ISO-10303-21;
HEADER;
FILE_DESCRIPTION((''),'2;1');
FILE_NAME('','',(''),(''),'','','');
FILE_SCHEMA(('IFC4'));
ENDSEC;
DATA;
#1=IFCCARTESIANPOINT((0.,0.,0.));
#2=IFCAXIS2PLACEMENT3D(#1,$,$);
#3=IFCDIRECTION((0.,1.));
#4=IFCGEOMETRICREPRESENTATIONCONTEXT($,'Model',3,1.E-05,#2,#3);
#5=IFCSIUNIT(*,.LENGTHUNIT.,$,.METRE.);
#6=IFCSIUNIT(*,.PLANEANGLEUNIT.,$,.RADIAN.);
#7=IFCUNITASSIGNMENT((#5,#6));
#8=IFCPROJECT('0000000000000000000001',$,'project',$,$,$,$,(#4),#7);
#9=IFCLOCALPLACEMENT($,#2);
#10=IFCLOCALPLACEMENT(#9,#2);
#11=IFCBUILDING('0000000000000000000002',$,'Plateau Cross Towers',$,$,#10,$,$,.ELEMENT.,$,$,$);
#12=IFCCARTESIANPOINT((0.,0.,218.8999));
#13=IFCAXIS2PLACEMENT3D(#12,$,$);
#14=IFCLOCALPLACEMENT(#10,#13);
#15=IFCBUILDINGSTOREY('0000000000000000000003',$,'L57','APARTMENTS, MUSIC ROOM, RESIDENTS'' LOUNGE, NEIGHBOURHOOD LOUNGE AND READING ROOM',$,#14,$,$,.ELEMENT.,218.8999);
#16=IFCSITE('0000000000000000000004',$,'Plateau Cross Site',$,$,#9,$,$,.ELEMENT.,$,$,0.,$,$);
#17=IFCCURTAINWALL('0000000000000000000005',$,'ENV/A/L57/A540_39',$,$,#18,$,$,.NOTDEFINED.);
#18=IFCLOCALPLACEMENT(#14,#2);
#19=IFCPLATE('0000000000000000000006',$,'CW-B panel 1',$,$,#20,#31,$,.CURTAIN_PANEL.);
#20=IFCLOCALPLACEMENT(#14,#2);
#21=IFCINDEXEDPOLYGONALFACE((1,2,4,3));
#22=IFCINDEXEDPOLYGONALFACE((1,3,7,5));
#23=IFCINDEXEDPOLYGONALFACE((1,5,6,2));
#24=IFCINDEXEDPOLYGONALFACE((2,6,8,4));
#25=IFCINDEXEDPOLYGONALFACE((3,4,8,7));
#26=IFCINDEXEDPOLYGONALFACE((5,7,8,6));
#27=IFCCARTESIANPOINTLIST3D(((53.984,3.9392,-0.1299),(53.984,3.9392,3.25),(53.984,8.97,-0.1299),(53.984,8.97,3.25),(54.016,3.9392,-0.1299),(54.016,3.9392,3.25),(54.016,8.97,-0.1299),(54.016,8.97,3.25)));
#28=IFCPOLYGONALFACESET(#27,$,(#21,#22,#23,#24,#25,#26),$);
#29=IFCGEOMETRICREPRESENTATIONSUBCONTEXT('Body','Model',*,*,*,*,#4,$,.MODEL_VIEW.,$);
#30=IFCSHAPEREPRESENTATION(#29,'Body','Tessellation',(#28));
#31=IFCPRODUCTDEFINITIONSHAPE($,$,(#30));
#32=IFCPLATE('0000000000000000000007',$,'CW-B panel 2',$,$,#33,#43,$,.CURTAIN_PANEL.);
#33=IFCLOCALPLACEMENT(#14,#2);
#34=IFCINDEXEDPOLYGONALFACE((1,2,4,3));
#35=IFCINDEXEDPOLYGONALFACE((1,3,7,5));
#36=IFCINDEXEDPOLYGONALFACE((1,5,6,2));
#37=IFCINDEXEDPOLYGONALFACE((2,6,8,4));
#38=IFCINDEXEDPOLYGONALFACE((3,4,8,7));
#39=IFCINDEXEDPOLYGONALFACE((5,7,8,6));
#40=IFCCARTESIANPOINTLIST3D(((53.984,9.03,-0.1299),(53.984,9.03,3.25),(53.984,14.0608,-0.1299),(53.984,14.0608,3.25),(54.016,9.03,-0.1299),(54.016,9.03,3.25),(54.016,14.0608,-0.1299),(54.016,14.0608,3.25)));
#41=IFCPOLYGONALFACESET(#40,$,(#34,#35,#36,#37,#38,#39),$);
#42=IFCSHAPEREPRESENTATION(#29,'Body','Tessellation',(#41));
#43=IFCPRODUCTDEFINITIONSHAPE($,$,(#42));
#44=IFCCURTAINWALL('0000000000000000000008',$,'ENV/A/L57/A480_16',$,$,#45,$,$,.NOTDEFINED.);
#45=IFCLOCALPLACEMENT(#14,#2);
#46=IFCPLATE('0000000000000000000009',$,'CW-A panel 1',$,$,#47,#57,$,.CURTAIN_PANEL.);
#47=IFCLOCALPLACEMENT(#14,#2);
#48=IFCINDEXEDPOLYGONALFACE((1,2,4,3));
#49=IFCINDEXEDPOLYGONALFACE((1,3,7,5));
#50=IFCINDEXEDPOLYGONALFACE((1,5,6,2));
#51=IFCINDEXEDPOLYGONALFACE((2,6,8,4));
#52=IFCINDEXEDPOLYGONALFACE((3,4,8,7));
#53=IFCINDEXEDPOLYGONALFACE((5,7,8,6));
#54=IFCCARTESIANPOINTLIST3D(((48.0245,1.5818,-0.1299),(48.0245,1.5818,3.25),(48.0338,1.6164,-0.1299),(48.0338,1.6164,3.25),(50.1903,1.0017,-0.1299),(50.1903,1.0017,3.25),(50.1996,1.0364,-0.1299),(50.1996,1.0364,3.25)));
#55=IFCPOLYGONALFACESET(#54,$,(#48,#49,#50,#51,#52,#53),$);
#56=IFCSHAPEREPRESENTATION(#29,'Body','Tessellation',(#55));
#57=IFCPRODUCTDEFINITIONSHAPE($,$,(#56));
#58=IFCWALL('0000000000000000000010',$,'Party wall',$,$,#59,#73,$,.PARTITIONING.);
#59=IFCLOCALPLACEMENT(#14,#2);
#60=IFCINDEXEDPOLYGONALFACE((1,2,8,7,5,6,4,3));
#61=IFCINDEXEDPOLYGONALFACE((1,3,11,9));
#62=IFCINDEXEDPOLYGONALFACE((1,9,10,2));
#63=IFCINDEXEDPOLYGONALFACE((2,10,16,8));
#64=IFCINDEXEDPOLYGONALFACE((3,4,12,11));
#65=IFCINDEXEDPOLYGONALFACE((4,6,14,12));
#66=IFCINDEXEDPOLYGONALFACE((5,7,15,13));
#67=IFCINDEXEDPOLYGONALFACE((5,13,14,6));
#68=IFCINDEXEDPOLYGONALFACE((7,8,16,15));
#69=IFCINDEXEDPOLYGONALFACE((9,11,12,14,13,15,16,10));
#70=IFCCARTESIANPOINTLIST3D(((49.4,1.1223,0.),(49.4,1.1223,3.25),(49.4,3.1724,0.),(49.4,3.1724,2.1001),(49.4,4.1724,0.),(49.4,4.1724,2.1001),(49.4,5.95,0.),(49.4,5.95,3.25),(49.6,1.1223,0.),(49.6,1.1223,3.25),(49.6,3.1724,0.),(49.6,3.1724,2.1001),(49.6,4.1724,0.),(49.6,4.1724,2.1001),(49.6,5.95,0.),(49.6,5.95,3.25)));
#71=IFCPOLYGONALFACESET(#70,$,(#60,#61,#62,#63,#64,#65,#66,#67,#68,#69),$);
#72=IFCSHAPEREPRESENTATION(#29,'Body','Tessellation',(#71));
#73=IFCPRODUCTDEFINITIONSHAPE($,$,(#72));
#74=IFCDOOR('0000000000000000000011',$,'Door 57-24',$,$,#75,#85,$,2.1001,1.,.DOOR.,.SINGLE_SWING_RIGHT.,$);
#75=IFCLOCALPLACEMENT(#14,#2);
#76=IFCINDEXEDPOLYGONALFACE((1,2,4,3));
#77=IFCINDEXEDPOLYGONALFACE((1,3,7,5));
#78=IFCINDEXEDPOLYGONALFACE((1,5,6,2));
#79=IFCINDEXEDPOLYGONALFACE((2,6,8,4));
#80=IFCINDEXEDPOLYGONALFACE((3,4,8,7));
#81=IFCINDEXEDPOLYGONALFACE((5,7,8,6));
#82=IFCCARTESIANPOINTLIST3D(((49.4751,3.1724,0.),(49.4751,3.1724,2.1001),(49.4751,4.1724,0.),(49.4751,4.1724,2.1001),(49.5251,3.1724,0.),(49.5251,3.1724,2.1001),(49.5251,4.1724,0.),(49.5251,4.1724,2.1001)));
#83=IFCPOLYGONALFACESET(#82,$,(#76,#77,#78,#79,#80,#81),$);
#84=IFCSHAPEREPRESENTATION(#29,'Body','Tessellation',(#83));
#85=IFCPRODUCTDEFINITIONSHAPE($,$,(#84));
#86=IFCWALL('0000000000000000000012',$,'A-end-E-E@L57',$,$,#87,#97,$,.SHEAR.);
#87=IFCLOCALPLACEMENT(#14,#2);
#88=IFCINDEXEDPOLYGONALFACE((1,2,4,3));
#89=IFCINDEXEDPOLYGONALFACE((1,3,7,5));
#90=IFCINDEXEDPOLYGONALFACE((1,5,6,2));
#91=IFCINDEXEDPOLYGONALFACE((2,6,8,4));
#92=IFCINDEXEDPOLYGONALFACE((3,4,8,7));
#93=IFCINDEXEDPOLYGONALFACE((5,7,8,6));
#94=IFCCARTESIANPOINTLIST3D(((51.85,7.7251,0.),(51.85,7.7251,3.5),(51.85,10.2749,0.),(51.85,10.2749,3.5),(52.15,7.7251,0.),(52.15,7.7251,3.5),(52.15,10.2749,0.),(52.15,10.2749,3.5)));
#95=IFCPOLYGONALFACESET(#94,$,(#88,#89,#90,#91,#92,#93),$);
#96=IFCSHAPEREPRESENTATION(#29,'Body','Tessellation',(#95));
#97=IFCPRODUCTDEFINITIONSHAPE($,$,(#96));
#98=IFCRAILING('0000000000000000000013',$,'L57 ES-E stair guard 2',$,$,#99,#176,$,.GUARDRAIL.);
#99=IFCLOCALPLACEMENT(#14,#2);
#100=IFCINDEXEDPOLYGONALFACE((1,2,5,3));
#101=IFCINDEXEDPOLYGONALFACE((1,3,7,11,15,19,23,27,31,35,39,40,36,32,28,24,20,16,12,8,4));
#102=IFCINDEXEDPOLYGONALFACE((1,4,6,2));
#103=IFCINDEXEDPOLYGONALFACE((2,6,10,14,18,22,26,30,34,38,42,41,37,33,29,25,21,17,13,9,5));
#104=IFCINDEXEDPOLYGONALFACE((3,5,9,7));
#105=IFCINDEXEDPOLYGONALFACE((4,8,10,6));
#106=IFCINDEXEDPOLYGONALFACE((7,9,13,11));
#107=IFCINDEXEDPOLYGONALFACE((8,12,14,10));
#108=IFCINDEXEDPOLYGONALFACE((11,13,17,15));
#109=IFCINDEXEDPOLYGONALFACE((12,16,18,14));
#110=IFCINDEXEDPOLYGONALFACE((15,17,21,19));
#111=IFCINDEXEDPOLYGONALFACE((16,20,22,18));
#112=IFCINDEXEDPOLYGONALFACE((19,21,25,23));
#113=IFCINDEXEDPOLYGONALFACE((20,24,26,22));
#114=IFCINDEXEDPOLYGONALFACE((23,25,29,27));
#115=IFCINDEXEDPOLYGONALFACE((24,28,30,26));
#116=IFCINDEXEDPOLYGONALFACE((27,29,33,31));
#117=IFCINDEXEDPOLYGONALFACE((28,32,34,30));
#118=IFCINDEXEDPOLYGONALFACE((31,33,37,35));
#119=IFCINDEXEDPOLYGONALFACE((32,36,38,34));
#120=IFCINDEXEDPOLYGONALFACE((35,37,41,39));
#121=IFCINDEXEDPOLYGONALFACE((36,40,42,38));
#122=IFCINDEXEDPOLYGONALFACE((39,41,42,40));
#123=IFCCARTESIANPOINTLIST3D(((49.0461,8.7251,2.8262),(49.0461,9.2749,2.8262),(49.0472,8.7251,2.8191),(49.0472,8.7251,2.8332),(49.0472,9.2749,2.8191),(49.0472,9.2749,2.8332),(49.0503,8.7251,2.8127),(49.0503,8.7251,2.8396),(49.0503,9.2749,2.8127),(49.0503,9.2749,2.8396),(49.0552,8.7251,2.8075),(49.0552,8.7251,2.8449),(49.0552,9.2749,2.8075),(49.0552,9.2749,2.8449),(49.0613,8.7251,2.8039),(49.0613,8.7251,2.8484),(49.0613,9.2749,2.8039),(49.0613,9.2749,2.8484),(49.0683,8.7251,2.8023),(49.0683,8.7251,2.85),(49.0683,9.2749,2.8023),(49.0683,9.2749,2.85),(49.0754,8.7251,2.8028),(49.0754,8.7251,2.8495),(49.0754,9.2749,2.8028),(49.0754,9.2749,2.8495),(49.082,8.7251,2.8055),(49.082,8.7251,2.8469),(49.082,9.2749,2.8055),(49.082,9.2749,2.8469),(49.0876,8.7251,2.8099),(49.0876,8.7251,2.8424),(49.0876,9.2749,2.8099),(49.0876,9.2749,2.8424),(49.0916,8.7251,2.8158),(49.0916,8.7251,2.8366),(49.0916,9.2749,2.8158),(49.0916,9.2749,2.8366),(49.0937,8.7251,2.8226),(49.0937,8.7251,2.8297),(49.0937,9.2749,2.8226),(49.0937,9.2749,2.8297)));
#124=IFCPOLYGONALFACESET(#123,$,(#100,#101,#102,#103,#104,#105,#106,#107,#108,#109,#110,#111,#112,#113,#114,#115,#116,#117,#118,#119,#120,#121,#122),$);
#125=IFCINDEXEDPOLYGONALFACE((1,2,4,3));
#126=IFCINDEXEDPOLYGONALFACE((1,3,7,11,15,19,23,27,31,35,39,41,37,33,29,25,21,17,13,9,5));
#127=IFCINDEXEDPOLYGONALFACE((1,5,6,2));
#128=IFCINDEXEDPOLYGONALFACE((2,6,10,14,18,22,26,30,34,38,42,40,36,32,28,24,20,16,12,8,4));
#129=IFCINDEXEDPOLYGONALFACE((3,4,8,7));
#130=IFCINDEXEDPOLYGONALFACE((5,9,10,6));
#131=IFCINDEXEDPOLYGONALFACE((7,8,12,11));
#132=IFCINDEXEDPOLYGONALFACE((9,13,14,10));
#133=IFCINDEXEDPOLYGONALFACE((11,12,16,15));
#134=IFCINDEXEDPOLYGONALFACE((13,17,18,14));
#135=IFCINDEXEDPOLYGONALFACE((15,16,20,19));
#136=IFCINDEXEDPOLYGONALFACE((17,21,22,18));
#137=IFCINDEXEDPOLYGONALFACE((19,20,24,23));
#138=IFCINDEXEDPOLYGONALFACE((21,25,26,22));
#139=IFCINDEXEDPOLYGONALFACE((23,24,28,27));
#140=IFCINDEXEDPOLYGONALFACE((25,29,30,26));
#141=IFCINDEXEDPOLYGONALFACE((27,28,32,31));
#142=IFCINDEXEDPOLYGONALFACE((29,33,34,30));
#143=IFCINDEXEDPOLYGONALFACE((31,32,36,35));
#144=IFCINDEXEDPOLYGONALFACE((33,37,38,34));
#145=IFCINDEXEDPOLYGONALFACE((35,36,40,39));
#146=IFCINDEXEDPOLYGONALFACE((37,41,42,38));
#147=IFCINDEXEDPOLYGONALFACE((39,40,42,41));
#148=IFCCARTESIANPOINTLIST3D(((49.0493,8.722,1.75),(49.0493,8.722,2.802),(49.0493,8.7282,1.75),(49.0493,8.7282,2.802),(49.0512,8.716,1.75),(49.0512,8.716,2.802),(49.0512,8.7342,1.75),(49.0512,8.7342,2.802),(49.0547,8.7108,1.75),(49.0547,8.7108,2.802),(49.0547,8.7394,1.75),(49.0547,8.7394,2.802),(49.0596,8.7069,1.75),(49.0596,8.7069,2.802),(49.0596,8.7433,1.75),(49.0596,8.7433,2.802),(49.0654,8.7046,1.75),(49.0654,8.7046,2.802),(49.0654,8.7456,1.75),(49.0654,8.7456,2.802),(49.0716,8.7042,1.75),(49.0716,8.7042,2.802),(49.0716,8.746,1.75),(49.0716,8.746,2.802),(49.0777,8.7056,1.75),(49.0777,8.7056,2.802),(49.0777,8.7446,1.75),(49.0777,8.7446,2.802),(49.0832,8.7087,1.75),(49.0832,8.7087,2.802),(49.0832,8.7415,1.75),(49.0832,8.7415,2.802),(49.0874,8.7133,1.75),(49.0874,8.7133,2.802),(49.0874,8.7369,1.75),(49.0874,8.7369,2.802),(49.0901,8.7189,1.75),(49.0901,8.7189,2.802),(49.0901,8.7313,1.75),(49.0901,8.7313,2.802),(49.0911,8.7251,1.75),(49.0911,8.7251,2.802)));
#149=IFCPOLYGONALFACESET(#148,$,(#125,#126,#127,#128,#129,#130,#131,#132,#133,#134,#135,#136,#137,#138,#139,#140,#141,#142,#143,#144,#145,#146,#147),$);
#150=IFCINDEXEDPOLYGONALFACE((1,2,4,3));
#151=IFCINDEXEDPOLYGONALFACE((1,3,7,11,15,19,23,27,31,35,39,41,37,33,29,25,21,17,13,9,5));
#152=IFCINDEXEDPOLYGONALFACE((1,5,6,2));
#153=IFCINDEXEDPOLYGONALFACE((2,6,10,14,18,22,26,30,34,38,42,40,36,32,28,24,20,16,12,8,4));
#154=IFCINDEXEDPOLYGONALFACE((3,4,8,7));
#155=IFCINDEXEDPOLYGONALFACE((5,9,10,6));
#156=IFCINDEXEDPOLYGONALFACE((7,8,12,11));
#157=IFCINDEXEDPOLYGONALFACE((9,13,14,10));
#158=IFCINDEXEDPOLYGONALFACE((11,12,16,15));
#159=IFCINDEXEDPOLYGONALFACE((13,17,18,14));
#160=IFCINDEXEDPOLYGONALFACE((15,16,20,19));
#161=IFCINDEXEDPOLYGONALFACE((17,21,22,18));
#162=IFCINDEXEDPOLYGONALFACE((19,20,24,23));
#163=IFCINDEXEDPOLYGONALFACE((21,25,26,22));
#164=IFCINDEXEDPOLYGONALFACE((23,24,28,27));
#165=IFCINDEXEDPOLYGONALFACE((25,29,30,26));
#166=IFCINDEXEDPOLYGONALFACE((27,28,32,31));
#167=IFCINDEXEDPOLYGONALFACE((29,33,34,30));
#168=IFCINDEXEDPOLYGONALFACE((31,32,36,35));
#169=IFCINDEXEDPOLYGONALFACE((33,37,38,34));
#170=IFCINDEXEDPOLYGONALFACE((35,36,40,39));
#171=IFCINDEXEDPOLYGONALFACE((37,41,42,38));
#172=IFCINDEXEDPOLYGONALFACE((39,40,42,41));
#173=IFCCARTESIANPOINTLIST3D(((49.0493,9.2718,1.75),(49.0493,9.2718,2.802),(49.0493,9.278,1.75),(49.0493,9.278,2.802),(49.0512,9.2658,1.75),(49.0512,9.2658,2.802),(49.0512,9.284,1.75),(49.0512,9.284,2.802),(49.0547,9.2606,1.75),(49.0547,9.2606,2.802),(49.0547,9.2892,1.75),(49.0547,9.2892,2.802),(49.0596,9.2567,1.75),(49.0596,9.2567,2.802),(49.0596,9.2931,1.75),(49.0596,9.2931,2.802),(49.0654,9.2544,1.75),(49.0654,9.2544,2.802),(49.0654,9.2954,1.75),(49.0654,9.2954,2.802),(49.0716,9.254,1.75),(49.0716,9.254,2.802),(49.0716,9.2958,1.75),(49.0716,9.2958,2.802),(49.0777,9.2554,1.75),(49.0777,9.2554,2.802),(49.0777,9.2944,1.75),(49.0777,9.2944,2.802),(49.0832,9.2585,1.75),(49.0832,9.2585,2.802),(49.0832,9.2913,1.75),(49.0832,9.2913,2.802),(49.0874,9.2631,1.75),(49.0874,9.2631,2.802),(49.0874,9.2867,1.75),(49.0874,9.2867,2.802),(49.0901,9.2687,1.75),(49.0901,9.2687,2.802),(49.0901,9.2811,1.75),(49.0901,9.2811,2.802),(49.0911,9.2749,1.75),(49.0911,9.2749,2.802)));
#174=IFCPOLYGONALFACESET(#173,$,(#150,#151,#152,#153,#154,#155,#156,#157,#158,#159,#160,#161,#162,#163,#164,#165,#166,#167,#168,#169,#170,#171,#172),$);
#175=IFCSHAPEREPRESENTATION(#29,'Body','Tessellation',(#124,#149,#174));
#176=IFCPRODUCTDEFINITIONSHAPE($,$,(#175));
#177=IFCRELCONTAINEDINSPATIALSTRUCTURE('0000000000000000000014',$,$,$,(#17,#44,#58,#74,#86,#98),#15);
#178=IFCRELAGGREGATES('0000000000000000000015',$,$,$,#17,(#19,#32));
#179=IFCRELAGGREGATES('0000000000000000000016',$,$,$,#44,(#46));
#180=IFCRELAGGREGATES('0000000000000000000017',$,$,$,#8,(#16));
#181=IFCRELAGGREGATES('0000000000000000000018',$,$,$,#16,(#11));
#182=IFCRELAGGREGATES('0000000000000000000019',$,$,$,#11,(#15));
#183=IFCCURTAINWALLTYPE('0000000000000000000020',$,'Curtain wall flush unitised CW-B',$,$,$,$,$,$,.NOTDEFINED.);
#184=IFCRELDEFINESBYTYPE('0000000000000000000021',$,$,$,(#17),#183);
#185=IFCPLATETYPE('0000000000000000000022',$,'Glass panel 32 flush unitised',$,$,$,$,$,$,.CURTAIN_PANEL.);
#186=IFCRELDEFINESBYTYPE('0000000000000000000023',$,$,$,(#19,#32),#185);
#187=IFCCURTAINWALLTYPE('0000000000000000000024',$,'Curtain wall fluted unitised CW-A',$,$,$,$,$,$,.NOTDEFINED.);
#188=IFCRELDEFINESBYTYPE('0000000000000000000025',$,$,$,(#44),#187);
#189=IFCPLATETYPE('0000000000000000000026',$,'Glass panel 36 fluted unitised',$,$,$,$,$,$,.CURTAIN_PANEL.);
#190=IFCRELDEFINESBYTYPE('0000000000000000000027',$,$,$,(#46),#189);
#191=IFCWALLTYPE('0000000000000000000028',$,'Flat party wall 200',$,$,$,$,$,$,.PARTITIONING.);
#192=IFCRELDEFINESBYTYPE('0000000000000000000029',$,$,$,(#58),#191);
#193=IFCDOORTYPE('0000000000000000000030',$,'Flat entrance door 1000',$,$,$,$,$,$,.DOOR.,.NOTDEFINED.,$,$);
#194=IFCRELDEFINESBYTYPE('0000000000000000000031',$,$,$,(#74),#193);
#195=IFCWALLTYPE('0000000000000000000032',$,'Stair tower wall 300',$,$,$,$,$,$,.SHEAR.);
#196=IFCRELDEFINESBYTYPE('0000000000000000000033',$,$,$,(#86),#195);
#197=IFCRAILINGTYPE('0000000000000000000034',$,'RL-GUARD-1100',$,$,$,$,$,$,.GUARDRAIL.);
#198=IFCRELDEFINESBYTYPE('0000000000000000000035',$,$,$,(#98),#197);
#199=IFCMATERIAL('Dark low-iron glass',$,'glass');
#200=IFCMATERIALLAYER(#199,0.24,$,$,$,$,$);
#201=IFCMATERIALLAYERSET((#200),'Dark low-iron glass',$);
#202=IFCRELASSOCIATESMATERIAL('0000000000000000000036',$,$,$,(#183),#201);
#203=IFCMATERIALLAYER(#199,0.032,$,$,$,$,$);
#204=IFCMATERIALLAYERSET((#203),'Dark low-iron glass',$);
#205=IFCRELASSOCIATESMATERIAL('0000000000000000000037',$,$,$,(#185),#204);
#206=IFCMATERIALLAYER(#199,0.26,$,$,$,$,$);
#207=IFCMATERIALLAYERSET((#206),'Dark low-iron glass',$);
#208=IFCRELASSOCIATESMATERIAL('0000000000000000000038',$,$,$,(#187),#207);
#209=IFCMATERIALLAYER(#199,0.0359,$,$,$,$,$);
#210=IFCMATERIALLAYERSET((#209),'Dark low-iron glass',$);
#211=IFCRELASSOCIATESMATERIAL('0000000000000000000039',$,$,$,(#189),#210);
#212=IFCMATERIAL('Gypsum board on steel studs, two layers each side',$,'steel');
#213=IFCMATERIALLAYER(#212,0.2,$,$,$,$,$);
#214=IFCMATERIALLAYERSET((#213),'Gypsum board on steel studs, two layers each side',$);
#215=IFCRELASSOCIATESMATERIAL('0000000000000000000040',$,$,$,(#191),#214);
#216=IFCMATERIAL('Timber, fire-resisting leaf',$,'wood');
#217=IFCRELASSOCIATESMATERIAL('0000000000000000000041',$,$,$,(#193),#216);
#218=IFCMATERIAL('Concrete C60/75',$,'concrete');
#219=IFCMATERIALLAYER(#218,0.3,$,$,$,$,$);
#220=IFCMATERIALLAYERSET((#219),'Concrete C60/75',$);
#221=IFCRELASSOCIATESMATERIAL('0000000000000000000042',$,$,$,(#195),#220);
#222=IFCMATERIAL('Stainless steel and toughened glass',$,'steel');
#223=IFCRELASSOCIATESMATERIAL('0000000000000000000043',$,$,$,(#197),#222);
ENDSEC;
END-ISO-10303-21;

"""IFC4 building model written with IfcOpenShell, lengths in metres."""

from ifc_helpers import new_model, si_unit, direction, frame, frame_2d, origin, origin_2d, place, context, subcontext, project, spatial, rectangle, circle, extrude, material, layer, layer_set, type_object, element, fill, aggregate, save


model = new_model("IFC4")

# Units and contexts
model_context = context("Model", 3, precision=1e-05, world=origin(), true_north=direction((0.0, 1.0)))
body_context = subcontext(model_context, "Body", "Model", "MODEL_VIEW")
ifc_project = project(units=[si_unit("LENGTHUNIT", "METRE"), si_unit("PLANEANGLEUNIT", "RADIAN")], contexts=[model_context])

# Site, building, storey
site_placement = place(None, origin())
site = spatial("IfcSite", under=ifc_project, at=site_placement, Name="Plateau Cross Site", CompositionType="ELEMENT", RefElevation=0.0)
building_placement = place(site_placement, origin())
building = spatial("IfcBuilding", under=site, at=building_placement, Name="Plateau Cross Towers", CompositionType="ELEMENT")
storey_placement = place(building_placement, frame((0.0, 0.0, 218.8999)))
storey = spatial("IfcBuildingStorey", under=building, at=storey_placement, Name="L57", Description="APARTMENTS, MUSIC ROOM, RESIDENTS' LOUNGE, NEIGHBOURHOOD LOUNGE AND READING ROOM", CompositionType="ELEMENT", Elevation=218.8999)

# Shared definitions
ifc_material_1 = material(Name="Concrete C60/75", Category="concrete")

# Shared definitions
ifc_material_2 = material(Name="Dark low-iron glass", Category="glass")
ifc_layer_1 = layer(ifc_material_2, 0.24)
ifc_layer_set_1 = layer_set([ifc_layer_1], Name="Dark low-iron glass")
curtain_wall_type_1 = type_object("IfcCurtainWallType", Name="Curtain wall flush unitised CW-B", PredefinedType="NOTDEFINED", material=ifc_layer_set_1)

# Curtain wall
curtain_wall_1_placement = place(storey_placement, origin())
curtain_wall_1 = element("IfcCurtainWall", 1, at=curtain_wall_1_placement, inside=storey, type_object=curtain_wall_type_1, Name="ENV/A/L57/A540_39", PredefinedType="NOTDEFINED")

# Plates
ifc_layer_2 = layer(ifc_material_2, 0.032)
ifc_layer_set_2 = layer_set([ifc_layer_2], Name="Dark low-iron glass")
plate_type_1 = type_object("IfcPlateType", Name="Glass panel 32 flush unitised", PredefinedType="CURTAIN_PANEL", material=ifc_layer_set_2)
plate_1_placement = place(storey_placement, frame((54.0, 6.4546, -0.1299), z_axis=(0.0, 0.0, 1.0), x_axis=(0.0, 1.0, 0.0)))
plate_1 = element("IfcPlate", 2, at=plate_1_placement, type_object=plate_type_1, Name="CW-B panel 1", PredefinedType="CURTAIN_PANEL", context=body_context, shape_type="SweptSolid", body=[
    extrude(rectangle(XDim=5.0308, YDim=0.032, at=origin_2d()), origin(), (0.0, 0.0, 1.0), 3.3799),
])
plate_2_placement = place(storey_placement, frame((54.0, 11.5454, -0.1299), z_axis=(0.0, 0.0, 1.0), x_axis=(0.0, 1.0, 0.0)))
plate_2 = element("IfcPlate", 3, at=plate_2_placement, type_object=plate_type_1, Name="CW-B panel 2", PredefinedType="CURTAIN_PANEL", context=body_context, shape_type="SweptSolid", body=[
    extrude(rectangle(XDim=5.0308, YDim=0.032, at=origin_2d()), origin(), (0.0, 0.0, 1.0), 3.3799),
])
aggregate(curtain_wall_1, [plate_1, plate_2])

# Curtain wall, plate
ifc_layer_3 = layer(ifc_material_2, 0.26)
ifc_layer_set_3 = layer_set([ifc_layer_3], Name="Dark low-iron glass")
curtain_wall_type_2 = type_object("IfcCurtainWallType", Name="Curtain wall fluted unitised CW-A", PredefinedType="NOTDEFINED", material=ifc_layer_set_3)
curtain_wall_2_placement = place(storey_placement, origin())
curtain_wall_2 = element("IfcCurtainWall", 4, at=curtain_wall_2_placement, inside=storey, type_object=curtain_wall_type_2, Name="ENV/A/L57/A480_16", PredefinedType="NOTDEFINED")
ifc_layer_4 = layer(ifc_material_2, 0.0359)
ifc_layer_set_4 = layer_set([ifc_layer_4], Name="Dark low-iron glass")
plate_type_2 = type_object("IfcPlateType", Name="Glass panel 36 fluted unitised", PredefinedType="CURTAIN_PANEL", material=ifc_layer_set_4)
plate_3_placement = place(storey_placement, frame((49.1121, 1.3091, -0.1299), z_axis=(0.0, 0.0, 1.0), x_axis=(0.965958, -0.258699, 0.0)))
plate_3 = element("IfcPlate", 5, at=plate_3_placement, type_object=plate_type_2, Name="CW-A panel 1", PredefinedType="CURTAIN_PANEL", context=body_context, shape_type="SweptSolid", body=[
    extrude(rectangle(XDim=2.2422, YDim=0.0359, at=origin_2d()), origin(), (0.0, 0.0, 1.0), 3.3799),
])
aggregate(curtain_wall_2, [plate_3])

# Wall, opening, door
ifc_material_3 = material(Name="Gypsum board on steel studs, two layers each side", Category="steel")
ifc_layer_5 = layer(ifc_material_3, 0.2)
ifc_layer_set_5 = layer_set([ifc_layer_5], Name="Gypsum board on steel studs, two layers each side")
wall_type_1 = type_object("IfcWallType", Name="Flat party wall 200", PredefinedType="PARTITIONING", material=ifc_layer_set_5)
wall_1_placement = place(storey_placement, frame((49.5, 1.1223, 0.0), z_axis=(0.0, 0.0, 1.0), x_axis=(0.0, 1.0, 0.0)))
wall_1 = element("IfcWall", 6, at=wall_1_placement, inside=storey, type_object=wall_type_1, Name="Party wall", PredefinedType="PARTITIONING", context=body_context, shape_type="SweptSolid", body=[
    extrude(rectangle(XDim=4.8276, YDim=0.2, at=frame_2d((2.4138, 0.0))), origin(), (0.0, 0.0, 1.0), 3.25),
])
opening_placement = place(wall_1_placement, frame((2.05, 0.0, 0.0)))
opening = element("IfcOpeningElement", 7, at=opening_placement, cuts=wall_1, PredefinedType="OPENING", context=body_context, shape_type="SweptSolid", body=[
    extrude(rectangle(XDim=1.0, YDim=2.1001, at=frame_2d((0.5, 1.05))), frame((0.0, 0.1099, 0.0), z_axis=(0.0, -1.0, 0.0), x_axis=(1.0, 0.0, 0.0)), (0.0, 0.0, 1.0), 0.22),
])
ifc_material_4 = material(Name="Timber, fire-resisting leaf", Category="wood")
door_type = type_object("IfcDoorType", Name="Flat entrance door 1000", OperationType="NOTDEFINED", PredefinedType="DOOR", material=ifc_material_4)
door_placement = place(opening_placement, origin())
door = element("IfcDoor", 8, at=door_placement, inside=storey, type_object=door_type, Name="Door 57-24", OperationType="SINGLE_SWING_RIGHT", OverallHeight=2.1001, OverallWidth=1.0, PredefinedType="DOOR", context=body_context, shape_type="SweptSolid", body=[
    extrude(rectangle(XDim=1.0, YDim=2.1001, at=frame_2d((0.5, 1.05))), frame((0.0, 0.0249, 0.0), z_axis=(0.0, -1.0, 0.0), x_axis=(1.0, 0.0, 0.0)), (0.0, 0.0, 1.0), 0.05),
])
fill(opening, door)

# Wall
ifc_layer_6 = layer(ifc_material_1, 0.3)
ifc_layer_set_6 = layer_set([ifc_layer_6], Name="Concrete C60/75")
wall_type_2 = type_object("IfcWallType", Name="Stair tower wall 300", PredefinedType="SHEAR", material=ifc_layer_set_6)
wall_2_placement = place(storey_placement, frame((52.0, 7.7251, 0.0), z_axis=(0.0, 0.0, 1.0), x_axis=(0.0, 1.0, 0.0)))
element("IfcWall", 9, at=wall_2_placement, inside=storey, type_object=wall_type_2, Name="A-end-E-E@L57", PredefinedType="SHEAR", context=body_context, shape_type="SweptSolid", body=[
    extrude(rectangle(XDim=2.5498, YDim=0.3, at=frame_2d((1.2749, 0.0))), origin(), (0.0, 0.0, 1.0), 3.5),
])

# Railing
ifc_material_5 = material(Name="Stainless steel and toughened glass", Category="steel")
railing_type_1 = type_object("IfcRailingType", Name="RL-GUARD-1100", PredefinedType="GUARDRAIL", material=ifc_material_5)
railing_1_placement = place(storey_placement, frame((49.0701, 8.7251, 1.75)))
element("IfcRailing", 10, at=railing_1_placement, inside=storey, type_object=railing_type_1, Name="L57 ES-E stair guard 2", PredefinedType="GUARDRAIL", context=body_context, shape_type="SweptSolid", body=[
    extrude(circle(Radius=0.0239, at=origin_2d()), frame((0.0, 0.0, 1.0762), z_axis=(0.0, 1.0, 0.0), x_axis=(-1.0, 0.0, 0.0)), (0.0, 0.0, 1.0), 0.5498),
    extrude(circle(Radius=0.021, at=origin_2d()), origin(), (0.0, 0.0, 1.0), 1.052),
    extrude(circle(Radius=0.021, at=origin_2d()), frame((0.0, 0.5498, 0.0)), (0.0, 0.0, 1.0), 1.052),
])

save(model, "model.ifc")
